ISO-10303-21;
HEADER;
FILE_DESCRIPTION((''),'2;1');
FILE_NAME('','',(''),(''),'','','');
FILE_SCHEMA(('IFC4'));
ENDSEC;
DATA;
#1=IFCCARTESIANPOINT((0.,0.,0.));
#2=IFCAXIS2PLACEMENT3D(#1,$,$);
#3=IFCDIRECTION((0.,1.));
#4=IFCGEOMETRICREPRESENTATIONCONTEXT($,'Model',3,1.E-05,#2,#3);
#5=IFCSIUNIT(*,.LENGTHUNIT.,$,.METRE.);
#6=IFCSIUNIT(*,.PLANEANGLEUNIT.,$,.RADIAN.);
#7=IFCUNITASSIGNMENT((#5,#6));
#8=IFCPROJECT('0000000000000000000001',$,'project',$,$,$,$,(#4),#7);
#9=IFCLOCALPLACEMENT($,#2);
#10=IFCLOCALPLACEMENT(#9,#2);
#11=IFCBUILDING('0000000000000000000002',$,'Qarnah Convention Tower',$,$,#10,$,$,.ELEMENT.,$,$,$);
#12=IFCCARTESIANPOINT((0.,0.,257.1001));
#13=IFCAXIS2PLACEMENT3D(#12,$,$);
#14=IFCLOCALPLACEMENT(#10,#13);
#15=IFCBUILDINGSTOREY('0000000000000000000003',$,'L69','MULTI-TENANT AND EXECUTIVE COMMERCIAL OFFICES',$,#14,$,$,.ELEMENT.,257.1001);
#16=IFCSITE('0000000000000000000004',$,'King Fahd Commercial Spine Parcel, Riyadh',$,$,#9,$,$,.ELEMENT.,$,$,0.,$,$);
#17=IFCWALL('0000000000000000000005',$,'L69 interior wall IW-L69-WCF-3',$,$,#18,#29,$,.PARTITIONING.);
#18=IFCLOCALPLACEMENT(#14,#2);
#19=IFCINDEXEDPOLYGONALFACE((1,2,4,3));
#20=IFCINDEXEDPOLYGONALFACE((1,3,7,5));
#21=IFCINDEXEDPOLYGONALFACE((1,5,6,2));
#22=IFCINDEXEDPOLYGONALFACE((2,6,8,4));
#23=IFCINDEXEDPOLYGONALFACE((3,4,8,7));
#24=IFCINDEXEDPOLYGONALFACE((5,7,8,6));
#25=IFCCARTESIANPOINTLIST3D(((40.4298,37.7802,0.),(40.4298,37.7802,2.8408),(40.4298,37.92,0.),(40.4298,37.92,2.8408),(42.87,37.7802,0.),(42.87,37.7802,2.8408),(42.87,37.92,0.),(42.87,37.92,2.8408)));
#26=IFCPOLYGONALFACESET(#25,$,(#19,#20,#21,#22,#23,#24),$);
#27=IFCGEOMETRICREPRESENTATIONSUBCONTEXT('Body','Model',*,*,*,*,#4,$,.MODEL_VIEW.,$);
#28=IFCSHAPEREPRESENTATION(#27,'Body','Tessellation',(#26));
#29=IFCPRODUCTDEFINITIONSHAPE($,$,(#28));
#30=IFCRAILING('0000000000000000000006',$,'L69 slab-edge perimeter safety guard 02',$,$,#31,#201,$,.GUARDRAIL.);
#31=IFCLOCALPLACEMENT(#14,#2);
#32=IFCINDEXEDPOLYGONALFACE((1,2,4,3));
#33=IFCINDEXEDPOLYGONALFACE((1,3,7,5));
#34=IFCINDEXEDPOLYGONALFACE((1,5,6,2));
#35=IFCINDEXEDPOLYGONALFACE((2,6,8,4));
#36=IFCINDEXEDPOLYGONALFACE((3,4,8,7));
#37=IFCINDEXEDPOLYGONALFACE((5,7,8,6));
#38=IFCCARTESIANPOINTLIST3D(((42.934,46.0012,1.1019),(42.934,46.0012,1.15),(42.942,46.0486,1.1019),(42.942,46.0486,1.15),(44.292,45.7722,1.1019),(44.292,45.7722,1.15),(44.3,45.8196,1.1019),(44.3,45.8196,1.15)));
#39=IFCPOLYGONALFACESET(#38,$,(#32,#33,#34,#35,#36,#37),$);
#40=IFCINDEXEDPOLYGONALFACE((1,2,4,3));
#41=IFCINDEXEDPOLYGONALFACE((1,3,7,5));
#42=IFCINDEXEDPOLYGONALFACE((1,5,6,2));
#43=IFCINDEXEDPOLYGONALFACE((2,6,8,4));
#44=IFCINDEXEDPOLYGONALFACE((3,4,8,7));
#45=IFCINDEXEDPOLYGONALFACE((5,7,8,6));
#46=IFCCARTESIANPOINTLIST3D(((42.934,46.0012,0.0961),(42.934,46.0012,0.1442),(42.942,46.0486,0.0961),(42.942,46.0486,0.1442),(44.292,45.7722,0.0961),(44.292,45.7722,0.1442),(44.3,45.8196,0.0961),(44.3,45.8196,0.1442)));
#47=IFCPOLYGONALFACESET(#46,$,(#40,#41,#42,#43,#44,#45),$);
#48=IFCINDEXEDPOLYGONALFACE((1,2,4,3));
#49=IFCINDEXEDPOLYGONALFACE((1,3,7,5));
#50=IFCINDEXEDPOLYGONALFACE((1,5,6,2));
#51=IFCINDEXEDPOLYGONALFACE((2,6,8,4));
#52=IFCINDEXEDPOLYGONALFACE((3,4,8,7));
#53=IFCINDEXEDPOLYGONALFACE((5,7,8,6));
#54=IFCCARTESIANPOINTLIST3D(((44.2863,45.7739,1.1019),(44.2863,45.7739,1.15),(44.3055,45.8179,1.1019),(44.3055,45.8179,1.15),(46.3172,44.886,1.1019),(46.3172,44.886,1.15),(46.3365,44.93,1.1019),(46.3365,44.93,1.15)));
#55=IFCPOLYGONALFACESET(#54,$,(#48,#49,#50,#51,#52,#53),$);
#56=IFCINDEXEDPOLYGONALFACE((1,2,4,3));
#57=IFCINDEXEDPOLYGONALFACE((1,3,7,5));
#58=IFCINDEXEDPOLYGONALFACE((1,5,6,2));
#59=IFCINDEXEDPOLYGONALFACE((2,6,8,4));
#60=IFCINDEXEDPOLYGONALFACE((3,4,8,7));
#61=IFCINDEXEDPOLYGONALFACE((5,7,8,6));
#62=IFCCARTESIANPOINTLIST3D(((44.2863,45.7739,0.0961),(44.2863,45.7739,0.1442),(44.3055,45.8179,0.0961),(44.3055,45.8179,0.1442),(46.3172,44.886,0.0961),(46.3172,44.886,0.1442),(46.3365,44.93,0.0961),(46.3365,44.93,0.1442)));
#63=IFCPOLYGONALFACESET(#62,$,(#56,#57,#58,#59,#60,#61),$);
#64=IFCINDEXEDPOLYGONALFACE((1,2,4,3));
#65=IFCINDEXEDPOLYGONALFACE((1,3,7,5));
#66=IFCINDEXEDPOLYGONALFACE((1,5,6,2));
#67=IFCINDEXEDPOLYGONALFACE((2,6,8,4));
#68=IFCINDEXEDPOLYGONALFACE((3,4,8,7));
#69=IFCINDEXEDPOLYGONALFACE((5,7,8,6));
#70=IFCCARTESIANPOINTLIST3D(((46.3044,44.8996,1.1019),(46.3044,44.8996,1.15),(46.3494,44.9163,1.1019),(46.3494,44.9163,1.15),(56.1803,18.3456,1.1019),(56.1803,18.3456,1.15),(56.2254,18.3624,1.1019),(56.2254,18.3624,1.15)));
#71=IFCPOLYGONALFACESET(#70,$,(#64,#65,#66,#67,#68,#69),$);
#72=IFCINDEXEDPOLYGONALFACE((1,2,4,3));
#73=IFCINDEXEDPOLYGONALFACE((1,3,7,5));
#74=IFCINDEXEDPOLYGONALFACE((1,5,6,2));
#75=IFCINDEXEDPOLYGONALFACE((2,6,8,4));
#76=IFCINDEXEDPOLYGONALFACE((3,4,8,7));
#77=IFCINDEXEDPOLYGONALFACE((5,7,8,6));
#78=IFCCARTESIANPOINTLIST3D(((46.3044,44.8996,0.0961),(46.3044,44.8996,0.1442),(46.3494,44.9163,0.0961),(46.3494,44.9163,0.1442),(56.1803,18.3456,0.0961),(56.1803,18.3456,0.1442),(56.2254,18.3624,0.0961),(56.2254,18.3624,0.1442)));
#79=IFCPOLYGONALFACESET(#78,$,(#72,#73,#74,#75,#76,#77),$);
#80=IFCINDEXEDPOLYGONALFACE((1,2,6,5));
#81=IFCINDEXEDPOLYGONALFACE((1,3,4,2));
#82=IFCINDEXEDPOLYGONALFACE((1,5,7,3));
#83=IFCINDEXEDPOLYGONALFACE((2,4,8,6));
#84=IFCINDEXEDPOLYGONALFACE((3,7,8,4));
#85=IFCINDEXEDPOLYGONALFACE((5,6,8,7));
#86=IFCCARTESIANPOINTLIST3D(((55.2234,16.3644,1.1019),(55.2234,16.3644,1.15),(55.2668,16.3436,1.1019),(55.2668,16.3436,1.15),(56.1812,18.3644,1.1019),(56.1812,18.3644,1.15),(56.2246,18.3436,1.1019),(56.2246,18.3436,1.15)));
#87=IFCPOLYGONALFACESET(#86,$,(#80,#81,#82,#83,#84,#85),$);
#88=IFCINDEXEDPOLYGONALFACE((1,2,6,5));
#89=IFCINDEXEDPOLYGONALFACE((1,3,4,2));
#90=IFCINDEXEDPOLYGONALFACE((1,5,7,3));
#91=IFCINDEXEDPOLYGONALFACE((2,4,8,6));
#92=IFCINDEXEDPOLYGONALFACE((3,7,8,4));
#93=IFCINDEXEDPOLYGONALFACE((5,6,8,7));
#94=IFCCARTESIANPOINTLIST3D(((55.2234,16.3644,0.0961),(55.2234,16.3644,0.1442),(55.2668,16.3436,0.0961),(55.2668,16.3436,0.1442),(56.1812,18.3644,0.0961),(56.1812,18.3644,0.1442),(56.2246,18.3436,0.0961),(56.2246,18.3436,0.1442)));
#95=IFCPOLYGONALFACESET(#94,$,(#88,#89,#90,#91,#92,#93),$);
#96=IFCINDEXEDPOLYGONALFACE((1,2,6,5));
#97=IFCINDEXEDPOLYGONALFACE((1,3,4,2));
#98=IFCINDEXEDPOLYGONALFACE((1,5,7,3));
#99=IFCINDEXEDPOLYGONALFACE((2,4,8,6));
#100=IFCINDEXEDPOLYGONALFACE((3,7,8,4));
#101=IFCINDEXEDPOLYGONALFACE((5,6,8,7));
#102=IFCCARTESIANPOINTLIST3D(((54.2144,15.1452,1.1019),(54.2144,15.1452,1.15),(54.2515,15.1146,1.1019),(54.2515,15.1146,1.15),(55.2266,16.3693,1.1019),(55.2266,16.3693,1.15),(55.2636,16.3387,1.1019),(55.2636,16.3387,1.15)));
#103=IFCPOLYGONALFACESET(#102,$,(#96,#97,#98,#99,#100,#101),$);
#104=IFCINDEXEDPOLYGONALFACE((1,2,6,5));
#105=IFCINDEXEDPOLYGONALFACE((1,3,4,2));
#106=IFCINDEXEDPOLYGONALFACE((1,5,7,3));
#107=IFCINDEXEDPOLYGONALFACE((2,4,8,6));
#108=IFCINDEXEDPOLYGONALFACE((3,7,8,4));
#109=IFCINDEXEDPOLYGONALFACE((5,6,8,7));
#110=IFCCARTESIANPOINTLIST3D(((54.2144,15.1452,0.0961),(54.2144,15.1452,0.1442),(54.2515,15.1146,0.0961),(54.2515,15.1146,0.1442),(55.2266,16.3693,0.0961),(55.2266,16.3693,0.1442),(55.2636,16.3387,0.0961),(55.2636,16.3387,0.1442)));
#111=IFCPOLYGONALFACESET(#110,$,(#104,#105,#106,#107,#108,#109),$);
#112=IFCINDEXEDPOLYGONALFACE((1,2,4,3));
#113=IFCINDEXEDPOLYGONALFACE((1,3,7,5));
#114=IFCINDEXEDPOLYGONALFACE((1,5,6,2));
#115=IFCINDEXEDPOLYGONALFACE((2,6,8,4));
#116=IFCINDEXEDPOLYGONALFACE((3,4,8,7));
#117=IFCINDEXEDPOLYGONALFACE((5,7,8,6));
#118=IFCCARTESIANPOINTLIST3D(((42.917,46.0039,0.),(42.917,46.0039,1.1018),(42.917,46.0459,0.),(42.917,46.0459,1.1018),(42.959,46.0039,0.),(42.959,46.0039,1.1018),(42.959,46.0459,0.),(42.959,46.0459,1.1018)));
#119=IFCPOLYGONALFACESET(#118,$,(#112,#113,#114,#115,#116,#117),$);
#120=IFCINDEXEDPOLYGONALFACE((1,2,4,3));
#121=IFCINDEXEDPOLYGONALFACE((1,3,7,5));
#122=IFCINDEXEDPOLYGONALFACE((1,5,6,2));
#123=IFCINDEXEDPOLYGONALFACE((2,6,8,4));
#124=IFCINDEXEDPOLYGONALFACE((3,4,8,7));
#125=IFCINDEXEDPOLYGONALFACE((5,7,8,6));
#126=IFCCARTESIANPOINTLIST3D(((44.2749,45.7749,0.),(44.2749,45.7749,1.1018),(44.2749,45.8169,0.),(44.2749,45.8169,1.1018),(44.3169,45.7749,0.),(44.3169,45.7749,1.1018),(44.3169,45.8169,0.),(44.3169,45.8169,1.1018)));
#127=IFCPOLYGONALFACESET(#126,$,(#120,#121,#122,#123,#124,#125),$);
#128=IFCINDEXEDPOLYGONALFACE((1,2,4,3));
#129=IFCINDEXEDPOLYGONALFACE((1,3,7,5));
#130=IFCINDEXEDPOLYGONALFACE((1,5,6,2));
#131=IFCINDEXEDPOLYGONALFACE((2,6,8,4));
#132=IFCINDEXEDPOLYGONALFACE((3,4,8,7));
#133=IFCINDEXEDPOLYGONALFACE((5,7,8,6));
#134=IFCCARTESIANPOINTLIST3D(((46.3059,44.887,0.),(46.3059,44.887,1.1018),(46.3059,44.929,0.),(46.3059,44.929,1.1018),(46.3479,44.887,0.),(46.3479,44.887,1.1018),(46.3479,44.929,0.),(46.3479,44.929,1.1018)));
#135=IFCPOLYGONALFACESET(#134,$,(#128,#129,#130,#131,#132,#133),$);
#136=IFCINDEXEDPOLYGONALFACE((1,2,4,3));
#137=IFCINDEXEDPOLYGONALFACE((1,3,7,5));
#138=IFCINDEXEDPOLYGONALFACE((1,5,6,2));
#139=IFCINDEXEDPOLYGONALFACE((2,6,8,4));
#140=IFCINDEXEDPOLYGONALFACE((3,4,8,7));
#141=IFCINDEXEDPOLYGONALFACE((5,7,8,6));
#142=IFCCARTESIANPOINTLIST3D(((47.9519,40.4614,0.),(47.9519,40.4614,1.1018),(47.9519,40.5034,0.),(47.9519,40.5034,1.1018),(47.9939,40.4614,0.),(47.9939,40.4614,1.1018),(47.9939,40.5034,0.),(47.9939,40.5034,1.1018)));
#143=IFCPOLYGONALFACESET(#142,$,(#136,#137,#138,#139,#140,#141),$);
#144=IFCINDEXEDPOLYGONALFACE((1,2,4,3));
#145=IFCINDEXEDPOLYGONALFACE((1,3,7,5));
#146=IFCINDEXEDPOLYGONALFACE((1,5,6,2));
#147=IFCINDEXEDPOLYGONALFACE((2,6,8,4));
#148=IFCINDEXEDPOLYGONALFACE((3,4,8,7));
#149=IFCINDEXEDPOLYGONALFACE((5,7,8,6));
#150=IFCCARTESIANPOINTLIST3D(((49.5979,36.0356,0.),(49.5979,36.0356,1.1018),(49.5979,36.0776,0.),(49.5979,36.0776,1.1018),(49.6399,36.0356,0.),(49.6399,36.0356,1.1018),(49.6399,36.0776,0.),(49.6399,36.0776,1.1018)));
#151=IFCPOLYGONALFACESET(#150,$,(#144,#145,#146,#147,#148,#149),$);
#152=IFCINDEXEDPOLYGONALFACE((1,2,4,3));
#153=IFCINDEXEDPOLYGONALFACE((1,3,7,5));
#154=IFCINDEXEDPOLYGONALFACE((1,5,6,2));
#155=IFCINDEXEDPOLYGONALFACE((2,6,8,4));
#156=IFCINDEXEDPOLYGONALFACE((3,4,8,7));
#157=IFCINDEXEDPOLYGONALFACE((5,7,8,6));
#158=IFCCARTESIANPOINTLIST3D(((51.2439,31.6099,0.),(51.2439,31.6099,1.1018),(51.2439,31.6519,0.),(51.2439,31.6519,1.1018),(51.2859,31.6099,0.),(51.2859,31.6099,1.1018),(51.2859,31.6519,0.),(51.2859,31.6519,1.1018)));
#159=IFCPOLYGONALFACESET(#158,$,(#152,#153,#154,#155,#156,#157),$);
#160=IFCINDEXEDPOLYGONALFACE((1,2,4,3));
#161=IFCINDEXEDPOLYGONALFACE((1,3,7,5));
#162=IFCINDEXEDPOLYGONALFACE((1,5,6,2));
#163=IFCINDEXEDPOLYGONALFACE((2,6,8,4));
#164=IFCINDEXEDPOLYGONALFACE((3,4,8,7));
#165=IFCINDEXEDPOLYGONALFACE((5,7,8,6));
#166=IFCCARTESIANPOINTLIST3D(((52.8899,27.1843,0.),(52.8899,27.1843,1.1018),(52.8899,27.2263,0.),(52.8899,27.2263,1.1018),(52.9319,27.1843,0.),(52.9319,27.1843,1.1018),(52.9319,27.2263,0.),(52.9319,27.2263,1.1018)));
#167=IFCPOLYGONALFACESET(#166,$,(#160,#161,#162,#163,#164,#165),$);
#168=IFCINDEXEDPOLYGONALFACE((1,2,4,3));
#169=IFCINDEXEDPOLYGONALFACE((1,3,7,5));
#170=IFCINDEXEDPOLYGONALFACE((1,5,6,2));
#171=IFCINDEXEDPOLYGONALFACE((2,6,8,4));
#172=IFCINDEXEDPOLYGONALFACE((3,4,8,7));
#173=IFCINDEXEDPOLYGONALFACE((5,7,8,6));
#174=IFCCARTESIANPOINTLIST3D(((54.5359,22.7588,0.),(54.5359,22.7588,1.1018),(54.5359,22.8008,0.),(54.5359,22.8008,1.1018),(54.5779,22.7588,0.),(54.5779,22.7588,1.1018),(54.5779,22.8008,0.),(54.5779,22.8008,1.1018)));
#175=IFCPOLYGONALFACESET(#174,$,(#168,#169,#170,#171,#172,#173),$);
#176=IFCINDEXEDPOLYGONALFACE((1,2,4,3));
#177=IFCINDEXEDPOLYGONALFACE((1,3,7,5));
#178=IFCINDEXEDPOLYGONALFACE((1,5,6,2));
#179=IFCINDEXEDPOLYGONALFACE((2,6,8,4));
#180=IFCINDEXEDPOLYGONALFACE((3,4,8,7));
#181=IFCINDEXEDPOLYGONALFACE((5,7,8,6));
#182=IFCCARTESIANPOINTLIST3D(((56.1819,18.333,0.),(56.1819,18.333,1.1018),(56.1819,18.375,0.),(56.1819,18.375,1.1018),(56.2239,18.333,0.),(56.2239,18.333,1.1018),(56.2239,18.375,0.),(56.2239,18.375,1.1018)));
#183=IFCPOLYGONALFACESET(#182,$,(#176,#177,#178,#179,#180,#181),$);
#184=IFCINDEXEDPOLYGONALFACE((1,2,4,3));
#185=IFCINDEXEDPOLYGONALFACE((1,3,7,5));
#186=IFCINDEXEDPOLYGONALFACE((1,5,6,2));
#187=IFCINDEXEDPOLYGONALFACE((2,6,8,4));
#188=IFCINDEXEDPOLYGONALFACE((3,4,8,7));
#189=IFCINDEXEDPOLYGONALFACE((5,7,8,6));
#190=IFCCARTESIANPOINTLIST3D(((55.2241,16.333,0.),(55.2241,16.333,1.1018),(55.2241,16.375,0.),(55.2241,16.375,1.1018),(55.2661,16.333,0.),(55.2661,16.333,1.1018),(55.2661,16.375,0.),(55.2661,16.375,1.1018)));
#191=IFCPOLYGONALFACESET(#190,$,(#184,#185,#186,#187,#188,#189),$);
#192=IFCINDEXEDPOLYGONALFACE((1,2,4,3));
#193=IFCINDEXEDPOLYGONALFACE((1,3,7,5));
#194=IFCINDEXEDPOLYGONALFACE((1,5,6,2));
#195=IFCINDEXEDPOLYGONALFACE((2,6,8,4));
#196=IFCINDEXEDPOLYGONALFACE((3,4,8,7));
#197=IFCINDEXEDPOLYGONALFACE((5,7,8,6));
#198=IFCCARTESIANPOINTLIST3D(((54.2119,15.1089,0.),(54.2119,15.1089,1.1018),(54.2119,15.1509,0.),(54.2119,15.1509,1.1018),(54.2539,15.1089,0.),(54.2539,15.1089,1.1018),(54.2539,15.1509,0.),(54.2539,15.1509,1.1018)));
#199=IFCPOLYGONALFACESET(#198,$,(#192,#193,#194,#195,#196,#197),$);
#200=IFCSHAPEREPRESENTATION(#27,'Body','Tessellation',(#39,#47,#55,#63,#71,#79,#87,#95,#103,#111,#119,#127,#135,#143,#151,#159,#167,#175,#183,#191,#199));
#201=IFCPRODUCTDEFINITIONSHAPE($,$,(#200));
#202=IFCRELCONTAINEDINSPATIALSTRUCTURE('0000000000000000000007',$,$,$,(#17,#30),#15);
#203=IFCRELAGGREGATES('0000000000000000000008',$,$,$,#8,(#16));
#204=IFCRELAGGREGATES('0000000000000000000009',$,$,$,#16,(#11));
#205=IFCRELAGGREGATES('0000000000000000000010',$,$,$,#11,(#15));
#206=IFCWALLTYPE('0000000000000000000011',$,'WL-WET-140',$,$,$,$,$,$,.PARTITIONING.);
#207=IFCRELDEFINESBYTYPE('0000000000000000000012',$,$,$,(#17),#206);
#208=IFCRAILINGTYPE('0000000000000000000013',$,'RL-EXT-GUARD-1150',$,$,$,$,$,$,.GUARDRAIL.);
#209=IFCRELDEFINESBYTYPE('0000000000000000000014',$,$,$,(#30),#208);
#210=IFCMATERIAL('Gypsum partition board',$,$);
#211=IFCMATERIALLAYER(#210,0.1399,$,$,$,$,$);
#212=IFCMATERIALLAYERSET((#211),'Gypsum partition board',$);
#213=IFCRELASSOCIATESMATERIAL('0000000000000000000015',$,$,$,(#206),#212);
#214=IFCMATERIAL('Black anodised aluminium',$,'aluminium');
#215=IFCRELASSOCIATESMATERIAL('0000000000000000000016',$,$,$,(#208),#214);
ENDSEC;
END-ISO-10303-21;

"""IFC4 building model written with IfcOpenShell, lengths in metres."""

from ifc_helpers import new_model, si_unit, direction, frame, frame_2d, origin, origin_2d, place, context, subcontext, project, spatial, rectangle, extrude, material, layer, layer_set, type_object, element, save


model = new_model("IFC4")

# Units and contexts
model_context = context("Model", 3, precision=1e-05, world=origin(), true_north=direction((0.0, 1.0)))
body_context = subcontext(model_context, "Body", "Model", "MODEL_VIEW")
ifc_project = project(units=[si_unit("LENGTHUNIT", "METRE"), si_unit("PLANEANGLEUNIT", "RADIAN")], contexts=[model_context])

# Site, building, storey
site_placement = place(None, origin())
site = spatial("IfcSite", under=ifc_project, at=site_placement, Name="King Fahd Commercial Spine Parcel, Riyadh", CompositionType="ELEMENT", RefElevation=0.0)
building_placement = place(site_placement, origin())
building = spatial("IfcBuilding", under=site, at=building_placement, Name="Qarnah Convention Tower", CompositionType="ELEMENT")
storey_placement = place(building_placement, frame((0.0, 0.0, 257.1001)))
storey = spatial("IfcBuildingStorey", under=building, at=storey_placement, Name="L69", Description="MULTI-TENANT AND EXECUTIVE COMMERCIAL OFFICES", CompositionType="ELEMENT", Elevation=257.1001)

# Shared definitions
ifc_material_1 = material(Name="Black anodised aluminium", Category="aluminium")

# Shared definitions
ifc_material_2 = material(Name="Gypsum partition board")

# Shared definitions
ifc_layer_1 = layer(ifc_material_2, 0.1399)
ifc_layer_set_1 = layer_set([ifc_layer_1], Name="Gypsum partition board")
wall_type_1 = type_object("IfcWallType", Name="WL-WET-140", PredefinedType="PARTITIONING", material=ifc_layer_set_1)

# Wall
wall_1_placement = place(storey_placement, frame((42.8701, 37.8501, 0.0), z_axis=(0.0, 0.0, 1.0), x_axis=(-1.0, 0.0, 0.0)))
element("IfcWall", 1, at=wall_1_placement, inside=storey, type_object=wall_type_1, Name="L69 interior wall IW-L69-WCF-3", PredefinedType="PARTITIONING", context=body_context, shape_type="SweptSolid", body=[
    extrude(rectangle(XDim=2.4402, YDim=0.1399, at=frame_2d((1.2202, 0.0))), origin(), (0.0, 0.0, 1.0), 2.8408),
])

# Railing
railing_type = type_object("IfcRailingType", Name="RL-EXT-GUARD-1150", PredefinedType="GUARDRAIL", material=ifc_material_1)
railing_1_placement = place(storey_placement, frame((42.938, 46.0249, 0.0)))
element("IfcRailing", 2, at=railing_1_placement, inside=storey, type_object=railing_type, Name="L69 slab-edge perimeter safety guard 02", PredefinedType="GUARDRAIL", context=body_context, shape_type="SweptSolid", body=[
    extrude(rectangle(XDim=0.0481, YDim=0.0481, at=origin_2d()), frame((0.0, 0.0, 1.126), z_axis=(0.986076, -0.166296, 0.0), x_axis=(0.166296, 0.986076, 0.0)), (0.0, 0.0, 1.0), 1.3772),
    extrude(rectangle(XDim=0.0481, YDim=0.0481, at=origin_2d()), frame((0.0, 0.0, 0.1201), z_axis=(0.986076, -0.166296, 0.0), x_axis=(0.166296, 0.986076, 0.0)), (0.0, 0.0, 1.0), 1.3772),
    extrude(rectangle(XDim=0.0481, YDim=0.0481, at=origin_2d()), frame((1.3579, -0.229, 1.126), z_axis=(0.916261, -0.400582, 0.0), x_axis=(0.400582, 0.916261, 0.0)), (0.0, 0.0, 1.0), 2.2166),
    extrude(rectangle(XDim=0.0481, YDim=0.0481, at=origin_2d()), frame((1.3579, -0.229, 0.1201), z_axis=(0.916261, -0.400582, 0.0), x_axis=(0.400582, 0.916261, 0.0)), (0.0, 0.0, 1.0), 2.2166),
    extrude(rectangle(XDim=0.0481, YDim=0.0481, at=origin_2d()), frame((3.3889, -1.1169, 1.126), z_axis=(0.348592, -0.937275, 0.0), x_axis=(0.937275, 0.348592, 0.0)), (0.0, 0.0, 1.0), 28.3311),
    extrude(rectangle(XDim=0.0481, YDim=0.0481, at=origin_2d()), frame((3.3889, -1.1169, 0.1201), z_axis=(0.348592, -0.937275, 0.0), x_axis=(0.937275, 0.348592, 0.0)), (0.0, 0.0, 1.0), 28.3311),
    extrude(rectangle(XDim=0.0481, YDim=0.0481, at=origin_2d()), frame((13.2649, -27.6709, 1.126), z_axis=(-0.431911, -0.901916, 0.0), x_axis=(0.901916, -0.431911, 0.0)), (0.0, 0.0, 1.0), 2.2175),
    extrude(rectangle(XDim=0.0481, YDim=0.0481, at=origin_2d()), frame((13.2649, -27.6709, 0.1201), z_axis=(-0.431911, -0.901916, 0.0), x_axis=(0.901916, -0.431911, 0.0)), (0.0, 0.0, 1.0), 2.2175),
    extrude(rectangle(XDim=0.0481, YDim=0.0481, at=origin_2d()), frame((12.3071, -29.6709, 1.126), z_axis=(-0.637247, -0.77066, 0.0), x_axis=(0.77066, -0.637247, 0.0)), (0.0, 0.0, 1.0), 1.5884),
    extrude(rectangle(XDim=0.0481, YDim=0.0481, at=origin_2d()), frame((12.3071, -29.6709, 0.1201), z_axis=(-0.637247, -0.77066, 0.0), x_axis=(0.77066, -0.637247, 0.0)), (0.0, 0.0, 1.0), 1.5884),
    extrude(rectangle(XDim=0.042, YDim=0.042, at=origin_2d()), origin(), (0.0, 0.0, 1.0), 1.1018),
    extrude(rectangle(XDim=0.042, YDim=0.042, at=origin_2d()), frame((1.3579, -0.229, 0.0)), (0.0, 0.0, 1.0), 1.1018),
    extrude(rectangle(XDim=0.042, YDim=0.042, at=origin_2d()), frame((3.3889, -1.1169, 0.0)), (0.0, 0.0, 1.0), 1.1018),
    extrude(rectangle(XDim=0.042, YDim=0.042, at=origin_2d()), frame((5.0349, -5.5425, 0.0)), (0.0, 0.0, 1.0), 1.1018),
    extrude(rectangle(XDim=0.042, YDim=0.042, at=origin_2d()), frame((6.6809, -9.9683, 0.0)), (0.0, 0.0, 1.0), 1.1018),
    extrude(rectangle(XDim=0.042, YDim=0.042, at=origin_2d()), frame((8.3269, -14.394, 0.0)), (0.0, 0.0, 1.0), 1.1018),
    extrude(rectangle(XDim=0.042, YDim=0.042, at=origin_2d()), frame((9.9729, -18.8196, 0.0)), (0.0, 0.0, 1.0), 1.1018),
    extrude(rectangle(XDim=0.042, YDim=0.042, at=origin_2d()), frame((11.6189, -23.2451, 0.0)), (0.0, 0.0, 1.0), 1.1018),
    extrude(rectangle(XDim=0.042, YDim=0.042, at=origin_2d()), frame((13.2649, -27.6709, 0.0)), (0.0, 0.0, 1.0), 1.1018),
    extrude(rectangle(XDim=0.042, YDim=0.042, at=origin_2d()), frame((12.3071, -29.6709, 0.0)), (0.0, 0.0, 1.0), 1.1018),
    extrude(rectangle(XDim=0.042, YDim=0.042, at=origin_2d()), frame((11.2949, -30.895, 0.0)), (0.0, 0.0, 1.0), 1.1018),
])

save(model, "model.ifc")
